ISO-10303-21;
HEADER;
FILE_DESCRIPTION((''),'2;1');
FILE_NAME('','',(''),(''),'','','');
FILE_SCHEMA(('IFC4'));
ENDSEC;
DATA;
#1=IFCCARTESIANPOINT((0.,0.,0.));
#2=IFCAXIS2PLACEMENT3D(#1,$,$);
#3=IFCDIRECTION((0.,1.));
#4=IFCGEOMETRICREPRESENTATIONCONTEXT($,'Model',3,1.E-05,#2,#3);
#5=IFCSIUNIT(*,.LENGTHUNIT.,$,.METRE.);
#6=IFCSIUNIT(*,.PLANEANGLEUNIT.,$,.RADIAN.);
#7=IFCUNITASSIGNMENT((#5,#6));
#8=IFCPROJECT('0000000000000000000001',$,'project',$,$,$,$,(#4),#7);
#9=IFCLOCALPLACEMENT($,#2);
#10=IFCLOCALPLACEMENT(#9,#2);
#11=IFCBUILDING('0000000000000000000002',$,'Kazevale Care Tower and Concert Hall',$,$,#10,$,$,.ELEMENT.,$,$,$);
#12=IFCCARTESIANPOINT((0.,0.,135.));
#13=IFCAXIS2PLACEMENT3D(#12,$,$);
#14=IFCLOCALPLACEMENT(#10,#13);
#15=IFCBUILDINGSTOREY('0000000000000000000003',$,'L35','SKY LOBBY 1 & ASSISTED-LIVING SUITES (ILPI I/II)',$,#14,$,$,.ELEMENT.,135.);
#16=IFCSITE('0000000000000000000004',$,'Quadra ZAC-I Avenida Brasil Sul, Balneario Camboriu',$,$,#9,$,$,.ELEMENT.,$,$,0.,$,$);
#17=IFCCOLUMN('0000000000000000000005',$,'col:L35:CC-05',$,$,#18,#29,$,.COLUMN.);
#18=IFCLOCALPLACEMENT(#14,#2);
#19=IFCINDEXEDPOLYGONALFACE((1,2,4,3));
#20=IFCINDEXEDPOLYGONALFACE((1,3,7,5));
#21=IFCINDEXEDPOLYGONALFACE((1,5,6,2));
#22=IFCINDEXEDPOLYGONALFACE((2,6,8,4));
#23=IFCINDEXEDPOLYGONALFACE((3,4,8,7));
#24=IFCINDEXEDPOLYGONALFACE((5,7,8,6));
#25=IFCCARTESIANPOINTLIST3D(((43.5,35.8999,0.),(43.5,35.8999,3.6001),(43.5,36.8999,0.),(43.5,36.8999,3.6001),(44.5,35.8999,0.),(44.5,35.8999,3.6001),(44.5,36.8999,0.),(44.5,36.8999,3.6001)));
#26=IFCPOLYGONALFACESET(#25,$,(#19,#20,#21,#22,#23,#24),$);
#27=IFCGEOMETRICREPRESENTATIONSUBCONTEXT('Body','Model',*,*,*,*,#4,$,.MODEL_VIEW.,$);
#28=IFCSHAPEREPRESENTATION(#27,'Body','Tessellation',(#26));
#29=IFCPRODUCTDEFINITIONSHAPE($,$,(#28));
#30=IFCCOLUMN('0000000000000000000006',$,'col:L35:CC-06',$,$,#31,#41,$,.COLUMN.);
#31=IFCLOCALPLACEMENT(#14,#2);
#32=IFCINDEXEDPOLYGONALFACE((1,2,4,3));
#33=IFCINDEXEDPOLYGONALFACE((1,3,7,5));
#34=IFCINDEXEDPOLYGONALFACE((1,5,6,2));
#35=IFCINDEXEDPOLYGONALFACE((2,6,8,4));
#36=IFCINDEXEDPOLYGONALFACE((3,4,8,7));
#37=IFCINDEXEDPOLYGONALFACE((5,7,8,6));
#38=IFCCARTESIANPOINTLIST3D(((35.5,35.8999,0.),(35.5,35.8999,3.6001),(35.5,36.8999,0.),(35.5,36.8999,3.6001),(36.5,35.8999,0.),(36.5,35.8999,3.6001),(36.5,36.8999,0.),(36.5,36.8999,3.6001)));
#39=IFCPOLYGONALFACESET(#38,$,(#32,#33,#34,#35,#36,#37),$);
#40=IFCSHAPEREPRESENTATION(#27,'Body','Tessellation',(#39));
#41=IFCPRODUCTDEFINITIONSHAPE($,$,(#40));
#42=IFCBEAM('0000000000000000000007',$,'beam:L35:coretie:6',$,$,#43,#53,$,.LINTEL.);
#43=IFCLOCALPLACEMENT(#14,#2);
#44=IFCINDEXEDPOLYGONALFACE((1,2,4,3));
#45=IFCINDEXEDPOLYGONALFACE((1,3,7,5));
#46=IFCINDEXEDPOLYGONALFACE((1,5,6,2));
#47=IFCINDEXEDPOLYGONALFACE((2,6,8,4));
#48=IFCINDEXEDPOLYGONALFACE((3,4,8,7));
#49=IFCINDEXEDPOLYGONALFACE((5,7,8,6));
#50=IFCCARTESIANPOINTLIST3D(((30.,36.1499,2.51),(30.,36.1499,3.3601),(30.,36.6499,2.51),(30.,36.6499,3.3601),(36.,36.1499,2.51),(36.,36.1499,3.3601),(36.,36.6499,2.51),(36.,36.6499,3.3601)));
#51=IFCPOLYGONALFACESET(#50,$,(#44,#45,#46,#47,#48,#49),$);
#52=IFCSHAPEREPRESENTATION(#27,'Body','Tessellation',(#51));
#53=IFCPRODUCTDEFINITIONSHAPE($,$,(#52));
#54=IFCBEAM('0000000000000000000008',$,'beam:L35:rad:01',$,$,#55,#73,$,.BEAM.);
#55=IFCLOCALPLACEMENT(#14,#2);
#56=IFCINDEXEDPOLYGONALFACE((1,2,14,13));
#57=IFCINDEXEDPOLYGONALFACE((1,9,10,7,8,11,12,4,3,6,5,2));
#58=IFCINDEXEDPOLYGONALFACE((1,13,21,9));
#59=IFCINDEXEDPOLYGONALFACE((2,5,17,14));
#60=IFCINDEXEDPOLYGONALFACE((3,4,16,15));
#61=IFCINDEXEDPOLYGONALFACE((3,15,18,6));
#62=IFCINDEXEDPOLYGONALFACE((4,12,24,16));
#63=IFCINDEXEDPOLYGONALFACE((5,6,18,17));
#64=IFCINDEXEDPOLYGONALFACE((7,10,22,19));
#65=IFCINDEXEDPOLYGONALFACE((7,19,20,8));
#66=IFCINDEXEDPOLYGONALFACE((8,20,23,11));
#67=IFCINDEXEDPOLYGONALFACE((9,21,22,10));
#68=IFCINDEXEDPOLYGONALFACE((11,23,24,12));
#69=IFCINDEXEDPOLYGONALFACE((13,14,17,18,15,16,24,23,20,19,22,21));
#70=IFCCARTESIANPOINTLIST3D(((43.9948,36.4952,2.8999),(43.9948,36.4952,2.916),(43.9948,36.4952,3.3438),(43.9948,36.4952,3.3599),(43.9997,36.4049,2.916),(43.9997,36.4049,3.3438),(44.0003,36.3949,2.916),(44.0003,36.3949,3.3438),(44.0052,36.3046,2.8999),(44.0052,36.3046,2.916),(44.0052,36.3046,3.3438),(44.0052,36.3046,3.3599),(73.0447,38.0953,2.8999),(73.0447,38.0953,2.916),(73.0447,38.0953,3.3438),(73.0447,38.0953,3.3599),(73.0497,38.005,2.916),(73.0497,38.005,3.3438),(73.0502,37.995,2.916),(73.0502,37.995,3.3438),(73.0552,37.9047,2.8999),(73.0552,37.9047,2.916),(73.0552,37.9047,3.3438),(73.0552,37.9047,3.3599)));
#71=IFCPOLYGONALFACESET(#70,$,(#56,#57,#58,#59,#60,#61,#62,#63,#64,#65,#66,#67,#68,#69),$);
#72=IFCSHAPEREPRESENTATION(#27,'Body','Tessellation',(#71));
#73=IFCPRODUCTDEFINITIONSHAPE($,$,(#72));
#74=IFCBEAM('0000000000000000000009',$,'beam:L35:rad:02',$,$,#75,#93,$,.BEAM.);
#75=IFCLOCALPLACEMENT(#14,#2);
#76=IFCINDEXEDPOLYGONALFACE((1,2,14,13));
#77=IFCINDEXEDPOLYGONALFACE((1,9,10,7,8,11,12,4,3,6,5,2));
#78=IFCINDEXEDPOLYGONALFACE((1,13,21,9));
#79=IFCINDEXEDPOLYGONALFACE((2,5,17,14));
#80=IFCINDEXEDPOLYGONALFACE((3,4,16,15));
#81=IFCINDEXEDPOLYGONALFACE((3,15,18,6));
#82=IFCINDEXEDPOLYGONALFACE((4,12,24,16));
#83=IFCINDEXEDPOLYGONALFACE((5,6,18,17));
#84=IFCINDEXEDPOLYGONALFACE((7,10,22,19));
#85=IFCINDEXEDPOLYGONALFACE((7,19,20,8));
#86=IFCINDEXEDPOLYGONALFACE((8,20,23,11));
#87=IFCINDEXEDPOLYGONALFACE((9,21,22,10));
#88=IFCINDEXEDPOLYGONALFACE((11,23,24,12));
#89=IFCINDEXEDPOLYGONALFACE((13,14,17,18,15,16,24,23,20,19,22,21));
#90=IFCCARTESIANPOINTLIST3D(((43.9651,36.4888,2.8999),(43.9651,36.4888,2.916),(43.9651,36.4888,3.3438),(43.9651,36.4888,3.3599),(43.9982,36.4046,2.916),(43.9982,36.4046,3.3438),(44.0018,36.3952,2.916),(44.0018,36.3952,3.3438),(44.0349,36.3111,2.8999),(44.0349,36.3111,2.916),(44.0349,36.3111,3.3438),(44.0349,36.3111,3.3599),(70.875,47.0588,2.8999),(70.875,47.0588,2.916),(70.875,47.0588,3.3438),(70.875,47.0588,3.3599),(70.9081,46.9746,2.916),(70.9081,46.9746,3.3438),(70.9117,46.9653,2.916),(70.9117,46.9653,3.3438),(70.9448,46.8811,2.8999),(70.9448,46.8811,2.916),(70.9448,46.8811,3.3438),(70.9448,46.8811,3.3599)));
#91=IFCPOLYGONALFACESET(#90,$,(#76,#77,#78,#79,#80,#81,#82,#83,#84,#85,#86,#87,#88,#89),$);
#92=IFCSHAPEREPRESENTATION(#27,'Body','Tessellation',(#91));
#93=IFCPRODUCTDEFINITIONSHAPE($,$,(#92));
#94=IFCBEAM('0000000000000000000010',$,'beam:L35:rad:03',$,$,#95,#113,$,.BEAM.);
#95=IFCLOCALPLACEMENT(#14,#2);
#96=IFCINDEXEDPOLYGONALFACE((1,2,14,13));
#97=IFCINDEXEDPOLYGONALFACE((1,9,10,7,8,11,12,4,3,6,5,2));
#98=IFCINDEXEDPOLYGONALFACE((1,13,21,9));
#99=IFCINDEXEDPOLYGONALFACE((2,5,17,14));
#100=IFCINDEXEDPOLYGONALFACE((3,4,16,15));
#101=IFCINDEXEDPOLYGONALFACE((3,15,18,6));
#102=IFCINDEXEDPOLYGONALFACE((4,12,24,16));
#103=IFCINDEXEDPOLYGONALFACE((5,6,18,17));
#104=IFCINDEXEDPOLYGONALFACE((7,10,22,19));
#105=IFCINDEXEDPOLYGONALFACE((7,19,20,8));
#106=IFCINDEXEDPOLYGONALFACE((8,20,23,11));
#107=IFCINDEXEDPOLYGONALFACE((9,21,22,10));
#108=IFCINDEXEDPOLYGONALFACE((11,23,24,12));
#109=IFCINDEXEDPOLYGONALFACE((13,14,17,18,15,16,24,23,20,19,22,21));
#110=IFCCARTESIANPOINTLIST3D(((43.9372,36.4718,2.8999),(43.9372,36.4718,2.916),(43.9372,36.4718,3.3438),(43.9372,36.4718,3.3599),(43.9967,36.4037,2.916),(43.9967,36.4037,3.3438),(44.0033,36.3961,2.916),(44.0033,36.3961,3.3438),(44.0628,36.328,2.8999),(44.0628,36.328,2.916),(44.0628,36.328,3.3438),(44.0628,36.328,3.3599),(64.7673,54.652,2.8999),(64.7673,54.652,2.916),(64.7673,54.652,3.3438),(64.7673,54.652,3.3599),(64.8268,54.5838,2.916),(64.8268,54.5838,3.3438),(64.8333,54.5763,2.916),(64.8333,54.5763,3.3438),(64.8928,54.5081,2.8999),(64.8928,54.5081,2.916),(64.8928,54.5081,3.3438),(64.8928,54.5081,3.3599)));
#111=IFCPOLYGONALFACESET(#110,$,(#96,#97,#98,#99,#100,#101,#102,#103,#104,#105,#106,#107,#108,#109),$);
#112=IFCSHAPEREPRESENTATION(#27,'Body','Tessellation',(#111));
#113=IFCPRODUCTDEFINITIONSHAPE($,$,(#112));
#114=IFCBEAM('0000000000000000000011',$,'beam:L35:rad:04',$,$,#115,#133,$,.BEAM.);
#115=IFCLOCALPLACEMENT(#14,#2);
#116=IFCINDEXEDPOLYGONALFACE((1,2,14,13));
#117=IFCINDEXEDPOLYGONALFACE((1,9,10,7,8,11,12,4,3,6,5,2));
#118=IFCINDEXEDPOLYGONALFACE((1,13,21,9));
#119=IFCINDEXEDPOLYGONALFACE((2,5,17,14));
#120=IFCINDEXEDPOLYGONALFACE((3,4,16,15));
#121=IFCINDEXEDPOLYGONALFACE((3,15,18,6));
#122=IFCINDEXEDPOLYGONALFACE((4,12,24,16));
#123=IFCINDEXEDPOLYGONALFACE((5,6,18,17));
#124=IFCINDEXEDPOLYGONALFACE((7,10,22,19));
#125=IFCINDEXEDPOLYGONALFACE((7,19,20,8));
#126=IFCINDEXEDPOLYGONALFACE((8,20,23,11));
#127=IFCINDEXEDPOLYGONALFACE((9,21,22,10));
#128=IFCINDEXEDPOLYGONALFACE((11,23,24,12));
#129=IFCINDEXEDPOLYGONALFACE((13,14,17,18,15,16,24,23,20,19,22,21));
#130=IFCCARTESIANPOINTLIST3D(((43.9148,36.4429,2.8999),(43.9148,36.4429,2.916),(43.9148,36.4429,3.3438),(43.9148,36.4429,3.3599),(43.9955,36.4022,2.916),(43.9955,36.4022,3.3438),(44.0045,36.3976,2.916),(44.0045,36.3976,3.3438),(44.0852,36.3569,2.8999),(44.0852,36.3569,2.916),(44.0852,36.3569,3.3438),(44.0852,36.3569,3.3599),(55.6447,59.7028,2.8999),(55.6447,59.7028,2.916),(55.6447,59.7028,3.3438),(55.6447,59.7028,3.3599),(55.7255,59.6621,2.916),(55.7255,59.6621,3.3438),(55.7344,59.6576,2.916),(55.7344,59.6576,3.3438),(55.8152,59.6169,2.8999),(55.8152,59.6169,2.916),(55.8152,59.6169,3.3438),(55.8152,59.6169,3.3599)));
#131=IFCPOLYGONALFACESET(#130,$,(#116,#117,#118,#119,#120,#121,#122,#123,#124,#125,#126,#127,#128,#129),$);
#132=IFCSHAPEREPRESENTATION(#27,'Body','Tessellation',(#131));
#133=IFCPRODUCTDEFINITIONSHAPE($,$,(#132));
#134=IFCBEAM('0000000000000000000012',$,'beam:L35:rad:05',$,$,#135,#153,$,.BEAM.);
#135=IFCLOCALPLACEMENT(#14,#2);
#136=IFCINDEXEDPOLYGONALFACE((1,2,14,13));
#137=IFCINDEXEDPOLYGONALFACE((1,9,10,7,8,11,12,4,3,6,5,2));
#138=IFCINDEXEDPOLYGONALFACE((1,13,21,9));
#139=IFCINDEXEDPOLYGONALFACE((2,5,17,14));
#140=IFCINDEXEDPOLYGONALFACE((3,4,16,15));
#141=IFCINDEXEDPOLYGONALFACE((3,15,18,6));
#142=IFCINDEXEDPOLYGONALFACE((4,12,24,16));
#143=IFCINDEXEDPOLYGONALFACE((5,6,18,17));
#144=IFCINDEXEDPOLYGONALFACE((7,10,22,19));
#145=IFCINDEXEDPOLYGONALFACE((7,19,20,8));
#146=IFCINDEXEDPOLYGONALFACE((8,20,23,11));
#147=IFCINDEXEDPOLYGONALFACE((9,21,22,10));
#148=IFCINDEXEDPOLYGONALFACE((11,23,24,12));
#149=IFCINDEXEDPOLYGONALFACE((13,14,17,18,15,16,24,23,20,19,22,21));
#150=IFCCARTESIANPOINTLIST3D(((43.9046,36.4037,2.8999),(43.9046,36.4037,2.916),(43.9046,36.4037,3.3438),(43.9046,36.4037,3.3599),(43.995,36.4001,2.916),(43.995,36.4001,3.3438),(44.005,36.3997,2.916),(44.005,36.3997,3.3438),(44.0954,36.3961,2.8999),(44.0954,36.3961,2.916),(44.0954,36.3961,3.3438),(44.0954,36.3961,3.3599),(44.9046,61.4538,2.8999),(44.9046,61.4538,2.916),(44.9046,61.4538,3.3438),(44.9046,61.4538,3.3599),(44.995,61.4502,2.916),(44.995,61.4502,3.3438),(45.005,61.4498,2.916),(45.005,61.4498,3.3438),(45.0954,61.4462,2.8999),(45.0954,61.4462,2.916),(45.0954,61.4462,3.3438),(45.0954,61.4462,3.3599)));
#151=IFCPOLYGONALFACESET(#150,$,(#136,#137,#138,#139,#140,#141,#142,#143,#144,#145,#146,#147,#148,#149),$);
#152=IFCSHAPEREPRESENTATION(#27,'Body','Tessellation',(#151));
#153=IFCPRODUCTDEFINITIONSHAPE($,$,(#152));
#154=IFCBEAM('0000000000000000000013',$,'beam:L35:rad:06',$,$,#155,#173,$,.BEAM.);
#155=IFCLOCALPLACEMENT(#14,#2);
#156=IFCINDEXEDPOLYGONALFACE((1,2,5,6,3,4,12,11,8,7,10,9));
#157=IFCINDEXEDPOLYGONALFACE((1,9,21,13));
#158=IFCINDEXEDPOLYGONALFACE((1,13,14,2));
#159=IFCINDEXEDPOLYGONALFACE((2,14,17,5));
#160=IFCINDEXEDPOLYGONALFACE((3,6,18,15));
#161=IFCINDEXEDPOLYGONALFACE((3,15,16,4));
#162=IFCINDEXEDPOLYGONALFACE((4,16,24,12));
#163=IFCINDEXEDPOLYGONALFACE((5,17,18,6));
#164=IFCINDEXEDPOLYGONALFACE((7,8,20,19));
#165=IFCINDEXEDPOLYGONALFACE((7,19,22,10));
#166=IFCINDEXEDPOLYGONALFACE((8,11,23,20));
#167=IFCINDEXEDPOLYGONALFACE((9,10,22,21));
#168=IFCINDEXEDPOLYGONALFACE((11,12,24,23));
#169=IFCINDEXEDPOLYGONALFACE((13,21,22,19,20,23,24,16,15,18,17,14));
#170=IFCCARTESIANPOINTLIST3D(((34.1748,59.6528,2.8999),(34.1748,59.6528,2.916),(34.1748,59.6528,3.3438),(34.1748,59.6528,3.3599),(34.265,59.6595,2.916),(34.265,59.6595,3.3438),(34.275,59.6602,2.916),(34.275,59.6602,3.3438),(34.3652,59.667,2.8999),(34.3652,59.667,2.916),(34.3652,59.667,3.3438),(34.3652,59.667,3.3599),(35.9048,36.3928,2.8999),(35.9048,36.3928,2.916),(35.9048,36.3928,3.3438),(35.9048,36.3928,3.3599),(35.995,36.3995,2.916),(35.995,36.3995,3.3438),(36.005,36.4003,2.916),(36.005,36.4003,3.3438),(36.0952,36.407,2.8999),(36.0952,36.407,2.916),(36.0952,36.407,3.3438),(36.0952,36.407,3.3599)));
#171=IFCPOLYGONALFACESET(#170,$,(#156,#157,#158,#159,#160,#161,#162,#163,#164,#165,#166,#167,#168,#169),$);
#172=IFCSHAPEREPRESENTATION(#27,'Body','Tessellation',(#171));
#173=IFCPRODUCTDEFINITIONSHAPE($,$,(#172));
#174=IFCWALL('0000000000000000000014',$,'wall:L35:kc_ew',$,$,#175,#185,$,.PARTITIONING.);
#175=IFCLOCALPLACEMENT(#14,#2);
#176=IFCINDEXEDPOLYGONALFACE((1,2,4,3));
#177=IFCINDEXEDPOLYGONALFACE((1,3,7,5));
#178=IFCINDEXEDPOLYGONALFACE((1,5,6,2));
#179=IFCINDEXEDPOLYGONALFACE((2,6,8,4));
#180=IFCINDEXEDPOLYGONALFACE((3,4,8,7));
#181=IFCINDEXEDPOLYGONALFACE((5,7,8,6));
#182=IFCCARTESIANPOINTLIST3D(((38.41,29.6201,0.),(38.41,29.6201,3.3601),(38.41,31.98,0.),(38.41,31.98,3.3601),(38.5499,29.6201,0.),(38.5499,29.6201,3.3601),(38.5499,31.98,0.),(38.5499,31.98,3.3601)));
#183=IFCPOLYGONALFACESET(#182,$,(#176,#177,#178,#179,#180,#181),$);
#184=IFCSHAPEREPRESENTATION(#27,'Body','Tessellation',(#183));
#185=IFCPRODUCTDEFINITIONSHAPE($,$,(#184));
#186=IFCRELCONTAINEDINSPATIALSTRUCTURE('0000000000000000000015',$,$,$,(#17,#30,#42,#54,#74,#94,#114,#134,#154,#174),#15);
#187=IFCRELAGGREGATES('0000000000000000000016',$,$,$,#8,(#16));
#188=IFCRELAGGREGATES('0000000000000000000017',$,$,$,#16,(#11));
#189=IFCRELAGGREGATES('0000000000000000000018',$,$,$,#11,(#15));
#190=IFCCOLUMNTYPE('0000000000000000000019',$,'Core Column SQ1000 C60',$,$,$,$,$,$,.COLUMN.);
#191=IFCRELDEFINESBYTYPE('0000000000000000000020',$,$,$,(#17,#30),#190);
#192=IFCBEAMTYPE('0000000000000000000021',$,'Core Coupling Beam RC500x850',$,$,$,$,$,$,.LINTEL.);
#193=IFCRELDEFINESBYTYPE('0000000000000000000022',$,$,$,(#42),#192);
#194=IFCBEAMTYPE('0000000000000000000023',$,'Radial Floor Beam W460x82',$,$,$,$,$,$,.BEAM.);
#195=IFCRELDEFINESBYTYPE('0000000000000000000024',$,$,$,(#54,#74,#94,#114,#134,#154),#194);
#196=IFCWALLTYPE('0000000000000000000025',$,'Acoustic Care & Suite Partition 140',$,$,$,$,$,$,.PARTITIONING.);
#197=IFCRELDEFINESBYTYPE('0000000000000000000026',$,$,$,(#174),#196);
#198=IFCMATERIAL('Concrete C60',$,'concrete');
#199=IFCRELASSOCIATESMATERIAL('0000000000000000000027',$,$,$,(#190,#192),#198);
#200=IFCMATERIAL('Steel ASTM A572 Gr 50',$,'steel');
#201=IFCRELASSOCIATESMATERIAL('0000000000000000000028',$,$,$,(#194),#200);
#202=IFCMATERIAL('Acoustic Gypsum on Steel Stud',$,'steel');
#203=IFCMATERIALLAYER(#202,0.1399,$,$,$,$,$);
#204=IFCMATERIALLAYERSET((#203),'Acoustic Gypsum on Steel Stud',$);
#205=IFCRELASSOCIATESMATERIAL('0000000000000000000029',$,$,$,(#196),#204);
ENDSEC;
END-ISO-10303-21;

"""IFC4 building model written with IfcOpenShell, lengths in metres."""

from ifc_helpers import new_model, si_unit, direction, frame, frame_2d, origin, origin_2d, place, context, subcontext, project, spatial, rectangle, i_section, extrude, material, layer, layer_set, material_profile, profile_set, type_object, element, save


model = new_model("IFC4")

# Units and contexts
model_context = context("Model", 3, precision=1e-05, world=origin(), true_north=direction((0.0, 1.0)))
body_context = subcontext(model_context, "Body", "Model", "MODEL_VIEW")
ifc_project = project(units=[si_unit("LENGTHUNIT", "METRE"), si_unit("PLANEANGLEUNIT", "RADIAN")], contexts=[model_context])

# Site, building, storey
site_placement = place(None, origin())
site = spatial("IfcSite", under=ifc_project, at=site_placement, Name="Quadra ZAC-I Avenida Brasil Sul, Balneario Camboriu", CompositionType="ELEMENT", RefElevation=0.0)
building_placement = place(site_placement, origin())
building = spatial("IfcBuilding", under=site, at=building_placement, Name="Kazevale Care Tower and Concert Hall", CompositionType="ELEMENT")
storey_placement = place(building_placement, frame((0.0, 0.0, 135.0)))
storey = spatial("IfcBuildingStorey", under=building, at=storey_placement, Name="L35", Description="SKY LOBBY 1 & ASSISTED-LIVING SUITES (ILPI I/II)", CompositionType="ELEMENT", Elevation=135.0)

# Columns
ifc_material_1 = material(Name="Concrete C60", Category="concrete")
ifc_material_profile_1 = material_profile(ifc_material_1, rectangle(XDim=1.0, YDim=1.0, at=origin_2d()), Name="RC-SQ1000")
ifc_profile_set_1 = profile_set([ifc_material_profile_1], Name="Concrete C60")
column_type = type_object("IfcColumnType", Name="Core Column SQ1000 C60", PredefinedType="COLUMN", material=ifc_profile_set_1)
for number, where, z_axis, x_axis, name in (
    (1, (44.0, 36.3999, 0.0), (0.0, 0.0, 1.0), (1.0, 0.0, 0.0), "col:L35:CC-05"),
    (2, (36.0, 36.3999, 0.0), (0.0, 0.0, 1.0), (1.0, 0.0, 0.0), "col:L35:CC-06"),
):
    element("IfcColumn", number, at=place(storey_placement, frame(where, z_axis=z_axis, x_axis=x_axis)), inside=storey, type_object=column_type, Name=name, PredefinedType="COLUMN", context=body_context, shape_type="SweptSolid", body=[
        extrude(rectangle(XDim=1.0, YDim=1.0, at=origin_2d()), origin(), (0.0, 0.0, 1.0), 3.6001),
    ])

# Beams
ifc_material_profile_2 = material_profile(ifc_material_1, rectangle(XDim=0.5, YDim=0.8501, at=origin_2d()), Name="RC-B500x850")
ifc_profile_set_2 = profile_set([ifc_material_profile_2], Name="Concrete C60")
beam_type_1 = type_object("IfcBeamType", Name="Core Coupling Beam RC500x850", PredefinedType="LINTEL", material=ifc_profile_set_2)
beam_1_placement = place(storey_placement, frame((36.0, 36.3999, 2.9351), z_axis=(-1.0, 0.0, 0.0), x_axis=(0.0, -1.0, 0.0)))
element("IfcBeam", 3, at=beam_1_placement, inside=storey, type_object=beam_type_1, Name="beam:L35:coretie:6", PredefinedType="LINTEL", context=body_context, shape_type="SweptSolid", body=[
    extrude(rectangle(XDim=0.5, YDim=0.8501, at=origin_2d()), origin(), (0.0, 0.0, 1.0), 6.0),
])
ifc_material_2 = material(Name="Steel ASTM A572 Gr 50", Category="steel")
ifc_material_profile_3 = material_profile(ifc_material_2, i_section(OverallWidth=0.1909, OverallDepth=0.46, WebThickness=0.01, FlangeThickness=0.0161, at=origin_2d()), Name="W460x82")
ifc_profile_set_3 = profile_set([ifc_material_profile_3], Name="Steel ASTM A572 Gr 50")
beam_type_2 = type_object("IfcBeamType", Name="Radial Floor Beam W460x82", PredefinedType="BEAM", material=ifc_profile_set_3)
beam_2_placement = place(storey_placement, frame((44.0, 36.3999, 3.1299), z_axis=(0.998487, 0.054997, 0.0), x_axis=(-0.054997, 0.998487, 0.0)))
element("IfcBeam", 4, at=beam_2_placement, inside=storey, type_object=beam_type_2, Name="beam:L35:rad:01", PredefinedType="BEAM", context=body_context, shape_type="SweptSolid", body=[
    extrude(i_section(OverallWidth=0.1909, OverallDepth=0.46, WebThickness=0.01, FlangeThickness=0.0161, at=origin_2d()), origin(), (0.0, 0.0, 1.0), 29.094),
])
beam_3_placement = place(storey_placement, frame((44.0, 36.3999, 3.1299), z_axis=(0.930771, 0.365602, 0.0), x_axis=(-0.365602, 0.930771, 0.0)))
element("IfcBeam", 5, at=beam_3_placement, inside=storey, type_object=beam_type_2, Name="beam:L35:rad:02", PredefinedType="BEAM", context=body_context, shape_type="SweptSolid", body=[
    extrude(i_section(OverallWidth=0.1909, OverallDepth=0.46, WebThickness=0.01, FlangeThickness=0.0161, at=origin_2d()), origin(), (0.0, 0.0, 1.0), 28.9114),
])
beam_4_placement = place(storey_placement, frame((44.0, 36.3999, 3.1299), z_axis=(0.753403, 0.657559, 0.0), x_axis=(-0.657559, 0.753403, 0.0)))
element("IfcBeam", 6, at=beam_4_placement, inside=storey, type_object=beam_type_2, Name="beam:L35:rad:03", PredefinedType="BEAM", context=body_context, shape_type="SweptSolid", body=[
    extrude(i_section(OverallWidth=0.1909, OverallDepth=0.46, WebThickness=0.01, FlangeThickness=0.0161, at=origin_2d()), origin(), (0.0, 0.0, 1.0), 27.6479),
])
beam_5_placement = place(storey_placement, frame((44.0, 36.3999, 3.1299), z_axis=(0.450281, 0.892887, 0.0), x_axis=(-0.892887, 0.450281, 0.0)))
element("IfcBeam", 7, at=beam_5_placement, inside=storey, type_object=beam_type_2, Name="beam:L35:rad:04", PredefinedType="BEAM", context=body_context, shape_type="SweptSolid", body=[
    extrude(i_section(OverallWidth=0.1909, OverallDepth=0.46, WebThickness=0.01, FlangeThickness=0.0161, at=origin_2d()), origin(), (0.0, 0.0, 1.0), 26.0503),
])
beam_6_placement = place(storey_placement, frame((44.0, 36.3999, 3.1299), z_axis=(0.039888, 0.999204, 0.0), x_axis=(-0.999204, 0.039888, 0.0)))
element("IfcBeam", 8, at=beam_6_placement, inside=storey, type_object=beam_type_2, Name="beam:L35:rad:05", PredefinedType="BEAM", context=body_context, shape_type="SweptSolid", body=[
    extrude(i_section(OverallWidth=0.1909, OverallDepth=0.46, WebThickness=0.01, FlangeThickness=0.0161, at=origin_2d()), origin(), (0.0, 0.0, 1.0), 25.0701),
])
beam_7_placement = place(storey_placement, frame((36.0, 36.3999, 3.1299), z_axis=(-0.074171, 0.997246, 0.0), x_axis=(-0.997246, -0.074171, 0.0)))
element("IfcBeam", 9, at=beam_7_placement, inside=storey, type_object=beam_type_2, Name="beam:L35:rad:06", PredefinedType="BEAM", context=body_context, shape_type="SweptSolid", body=[
    extrude(i_section(OverallWidth=0.1909, OverallDepth=0.46, WebThickness=0.01, FlangeThickness=0.0161, at=origin_2d()), origin(), (0.0, 0.0, 1.0), 23.3242),
])

# Wall
ifc_material_3 = material(Name="Acoustic Gypsum on Steel Stud", Category="steel")
ifc_layer_1 = layer(ifc_material_3, 0.1399)
ifc_layer_set_1 = layer_set([ifc_layer_1], Name="Acoustic Gypsum on Steel Stud")
wall_type_1 = type_object("IfcWallType", Name="Acoustic Care & Suite Partition 140", PredefinedType="PARTITIONING", material=ifc_layer_set_1)
for number, where, z_axis, x_axis, name in (
    (10, (38.48, 29.6201, 0.0), (0.0, 0.0, 1.0), (0.0, 1.0, 0.0), "wall:L35:kc_ew"),
):
    element("IfcWall", number, at=place(storey_placement, frame(where, z_axis=z_axis, x_axis=x_axis)), inside=storey, type_object=wall_type_1, Name=name, PredefinedType="PARTITIONING", context=body_context, shape_type="SweptSolid", body=[
        extrude(rectangle(XDim=2.3599, YDim=0.1399, at=frame_2d((1.1799, 0.0))), origin(), (0.0, 0.0, 1.0), 3.3601),
    ])

save(model, "model.ifc")
